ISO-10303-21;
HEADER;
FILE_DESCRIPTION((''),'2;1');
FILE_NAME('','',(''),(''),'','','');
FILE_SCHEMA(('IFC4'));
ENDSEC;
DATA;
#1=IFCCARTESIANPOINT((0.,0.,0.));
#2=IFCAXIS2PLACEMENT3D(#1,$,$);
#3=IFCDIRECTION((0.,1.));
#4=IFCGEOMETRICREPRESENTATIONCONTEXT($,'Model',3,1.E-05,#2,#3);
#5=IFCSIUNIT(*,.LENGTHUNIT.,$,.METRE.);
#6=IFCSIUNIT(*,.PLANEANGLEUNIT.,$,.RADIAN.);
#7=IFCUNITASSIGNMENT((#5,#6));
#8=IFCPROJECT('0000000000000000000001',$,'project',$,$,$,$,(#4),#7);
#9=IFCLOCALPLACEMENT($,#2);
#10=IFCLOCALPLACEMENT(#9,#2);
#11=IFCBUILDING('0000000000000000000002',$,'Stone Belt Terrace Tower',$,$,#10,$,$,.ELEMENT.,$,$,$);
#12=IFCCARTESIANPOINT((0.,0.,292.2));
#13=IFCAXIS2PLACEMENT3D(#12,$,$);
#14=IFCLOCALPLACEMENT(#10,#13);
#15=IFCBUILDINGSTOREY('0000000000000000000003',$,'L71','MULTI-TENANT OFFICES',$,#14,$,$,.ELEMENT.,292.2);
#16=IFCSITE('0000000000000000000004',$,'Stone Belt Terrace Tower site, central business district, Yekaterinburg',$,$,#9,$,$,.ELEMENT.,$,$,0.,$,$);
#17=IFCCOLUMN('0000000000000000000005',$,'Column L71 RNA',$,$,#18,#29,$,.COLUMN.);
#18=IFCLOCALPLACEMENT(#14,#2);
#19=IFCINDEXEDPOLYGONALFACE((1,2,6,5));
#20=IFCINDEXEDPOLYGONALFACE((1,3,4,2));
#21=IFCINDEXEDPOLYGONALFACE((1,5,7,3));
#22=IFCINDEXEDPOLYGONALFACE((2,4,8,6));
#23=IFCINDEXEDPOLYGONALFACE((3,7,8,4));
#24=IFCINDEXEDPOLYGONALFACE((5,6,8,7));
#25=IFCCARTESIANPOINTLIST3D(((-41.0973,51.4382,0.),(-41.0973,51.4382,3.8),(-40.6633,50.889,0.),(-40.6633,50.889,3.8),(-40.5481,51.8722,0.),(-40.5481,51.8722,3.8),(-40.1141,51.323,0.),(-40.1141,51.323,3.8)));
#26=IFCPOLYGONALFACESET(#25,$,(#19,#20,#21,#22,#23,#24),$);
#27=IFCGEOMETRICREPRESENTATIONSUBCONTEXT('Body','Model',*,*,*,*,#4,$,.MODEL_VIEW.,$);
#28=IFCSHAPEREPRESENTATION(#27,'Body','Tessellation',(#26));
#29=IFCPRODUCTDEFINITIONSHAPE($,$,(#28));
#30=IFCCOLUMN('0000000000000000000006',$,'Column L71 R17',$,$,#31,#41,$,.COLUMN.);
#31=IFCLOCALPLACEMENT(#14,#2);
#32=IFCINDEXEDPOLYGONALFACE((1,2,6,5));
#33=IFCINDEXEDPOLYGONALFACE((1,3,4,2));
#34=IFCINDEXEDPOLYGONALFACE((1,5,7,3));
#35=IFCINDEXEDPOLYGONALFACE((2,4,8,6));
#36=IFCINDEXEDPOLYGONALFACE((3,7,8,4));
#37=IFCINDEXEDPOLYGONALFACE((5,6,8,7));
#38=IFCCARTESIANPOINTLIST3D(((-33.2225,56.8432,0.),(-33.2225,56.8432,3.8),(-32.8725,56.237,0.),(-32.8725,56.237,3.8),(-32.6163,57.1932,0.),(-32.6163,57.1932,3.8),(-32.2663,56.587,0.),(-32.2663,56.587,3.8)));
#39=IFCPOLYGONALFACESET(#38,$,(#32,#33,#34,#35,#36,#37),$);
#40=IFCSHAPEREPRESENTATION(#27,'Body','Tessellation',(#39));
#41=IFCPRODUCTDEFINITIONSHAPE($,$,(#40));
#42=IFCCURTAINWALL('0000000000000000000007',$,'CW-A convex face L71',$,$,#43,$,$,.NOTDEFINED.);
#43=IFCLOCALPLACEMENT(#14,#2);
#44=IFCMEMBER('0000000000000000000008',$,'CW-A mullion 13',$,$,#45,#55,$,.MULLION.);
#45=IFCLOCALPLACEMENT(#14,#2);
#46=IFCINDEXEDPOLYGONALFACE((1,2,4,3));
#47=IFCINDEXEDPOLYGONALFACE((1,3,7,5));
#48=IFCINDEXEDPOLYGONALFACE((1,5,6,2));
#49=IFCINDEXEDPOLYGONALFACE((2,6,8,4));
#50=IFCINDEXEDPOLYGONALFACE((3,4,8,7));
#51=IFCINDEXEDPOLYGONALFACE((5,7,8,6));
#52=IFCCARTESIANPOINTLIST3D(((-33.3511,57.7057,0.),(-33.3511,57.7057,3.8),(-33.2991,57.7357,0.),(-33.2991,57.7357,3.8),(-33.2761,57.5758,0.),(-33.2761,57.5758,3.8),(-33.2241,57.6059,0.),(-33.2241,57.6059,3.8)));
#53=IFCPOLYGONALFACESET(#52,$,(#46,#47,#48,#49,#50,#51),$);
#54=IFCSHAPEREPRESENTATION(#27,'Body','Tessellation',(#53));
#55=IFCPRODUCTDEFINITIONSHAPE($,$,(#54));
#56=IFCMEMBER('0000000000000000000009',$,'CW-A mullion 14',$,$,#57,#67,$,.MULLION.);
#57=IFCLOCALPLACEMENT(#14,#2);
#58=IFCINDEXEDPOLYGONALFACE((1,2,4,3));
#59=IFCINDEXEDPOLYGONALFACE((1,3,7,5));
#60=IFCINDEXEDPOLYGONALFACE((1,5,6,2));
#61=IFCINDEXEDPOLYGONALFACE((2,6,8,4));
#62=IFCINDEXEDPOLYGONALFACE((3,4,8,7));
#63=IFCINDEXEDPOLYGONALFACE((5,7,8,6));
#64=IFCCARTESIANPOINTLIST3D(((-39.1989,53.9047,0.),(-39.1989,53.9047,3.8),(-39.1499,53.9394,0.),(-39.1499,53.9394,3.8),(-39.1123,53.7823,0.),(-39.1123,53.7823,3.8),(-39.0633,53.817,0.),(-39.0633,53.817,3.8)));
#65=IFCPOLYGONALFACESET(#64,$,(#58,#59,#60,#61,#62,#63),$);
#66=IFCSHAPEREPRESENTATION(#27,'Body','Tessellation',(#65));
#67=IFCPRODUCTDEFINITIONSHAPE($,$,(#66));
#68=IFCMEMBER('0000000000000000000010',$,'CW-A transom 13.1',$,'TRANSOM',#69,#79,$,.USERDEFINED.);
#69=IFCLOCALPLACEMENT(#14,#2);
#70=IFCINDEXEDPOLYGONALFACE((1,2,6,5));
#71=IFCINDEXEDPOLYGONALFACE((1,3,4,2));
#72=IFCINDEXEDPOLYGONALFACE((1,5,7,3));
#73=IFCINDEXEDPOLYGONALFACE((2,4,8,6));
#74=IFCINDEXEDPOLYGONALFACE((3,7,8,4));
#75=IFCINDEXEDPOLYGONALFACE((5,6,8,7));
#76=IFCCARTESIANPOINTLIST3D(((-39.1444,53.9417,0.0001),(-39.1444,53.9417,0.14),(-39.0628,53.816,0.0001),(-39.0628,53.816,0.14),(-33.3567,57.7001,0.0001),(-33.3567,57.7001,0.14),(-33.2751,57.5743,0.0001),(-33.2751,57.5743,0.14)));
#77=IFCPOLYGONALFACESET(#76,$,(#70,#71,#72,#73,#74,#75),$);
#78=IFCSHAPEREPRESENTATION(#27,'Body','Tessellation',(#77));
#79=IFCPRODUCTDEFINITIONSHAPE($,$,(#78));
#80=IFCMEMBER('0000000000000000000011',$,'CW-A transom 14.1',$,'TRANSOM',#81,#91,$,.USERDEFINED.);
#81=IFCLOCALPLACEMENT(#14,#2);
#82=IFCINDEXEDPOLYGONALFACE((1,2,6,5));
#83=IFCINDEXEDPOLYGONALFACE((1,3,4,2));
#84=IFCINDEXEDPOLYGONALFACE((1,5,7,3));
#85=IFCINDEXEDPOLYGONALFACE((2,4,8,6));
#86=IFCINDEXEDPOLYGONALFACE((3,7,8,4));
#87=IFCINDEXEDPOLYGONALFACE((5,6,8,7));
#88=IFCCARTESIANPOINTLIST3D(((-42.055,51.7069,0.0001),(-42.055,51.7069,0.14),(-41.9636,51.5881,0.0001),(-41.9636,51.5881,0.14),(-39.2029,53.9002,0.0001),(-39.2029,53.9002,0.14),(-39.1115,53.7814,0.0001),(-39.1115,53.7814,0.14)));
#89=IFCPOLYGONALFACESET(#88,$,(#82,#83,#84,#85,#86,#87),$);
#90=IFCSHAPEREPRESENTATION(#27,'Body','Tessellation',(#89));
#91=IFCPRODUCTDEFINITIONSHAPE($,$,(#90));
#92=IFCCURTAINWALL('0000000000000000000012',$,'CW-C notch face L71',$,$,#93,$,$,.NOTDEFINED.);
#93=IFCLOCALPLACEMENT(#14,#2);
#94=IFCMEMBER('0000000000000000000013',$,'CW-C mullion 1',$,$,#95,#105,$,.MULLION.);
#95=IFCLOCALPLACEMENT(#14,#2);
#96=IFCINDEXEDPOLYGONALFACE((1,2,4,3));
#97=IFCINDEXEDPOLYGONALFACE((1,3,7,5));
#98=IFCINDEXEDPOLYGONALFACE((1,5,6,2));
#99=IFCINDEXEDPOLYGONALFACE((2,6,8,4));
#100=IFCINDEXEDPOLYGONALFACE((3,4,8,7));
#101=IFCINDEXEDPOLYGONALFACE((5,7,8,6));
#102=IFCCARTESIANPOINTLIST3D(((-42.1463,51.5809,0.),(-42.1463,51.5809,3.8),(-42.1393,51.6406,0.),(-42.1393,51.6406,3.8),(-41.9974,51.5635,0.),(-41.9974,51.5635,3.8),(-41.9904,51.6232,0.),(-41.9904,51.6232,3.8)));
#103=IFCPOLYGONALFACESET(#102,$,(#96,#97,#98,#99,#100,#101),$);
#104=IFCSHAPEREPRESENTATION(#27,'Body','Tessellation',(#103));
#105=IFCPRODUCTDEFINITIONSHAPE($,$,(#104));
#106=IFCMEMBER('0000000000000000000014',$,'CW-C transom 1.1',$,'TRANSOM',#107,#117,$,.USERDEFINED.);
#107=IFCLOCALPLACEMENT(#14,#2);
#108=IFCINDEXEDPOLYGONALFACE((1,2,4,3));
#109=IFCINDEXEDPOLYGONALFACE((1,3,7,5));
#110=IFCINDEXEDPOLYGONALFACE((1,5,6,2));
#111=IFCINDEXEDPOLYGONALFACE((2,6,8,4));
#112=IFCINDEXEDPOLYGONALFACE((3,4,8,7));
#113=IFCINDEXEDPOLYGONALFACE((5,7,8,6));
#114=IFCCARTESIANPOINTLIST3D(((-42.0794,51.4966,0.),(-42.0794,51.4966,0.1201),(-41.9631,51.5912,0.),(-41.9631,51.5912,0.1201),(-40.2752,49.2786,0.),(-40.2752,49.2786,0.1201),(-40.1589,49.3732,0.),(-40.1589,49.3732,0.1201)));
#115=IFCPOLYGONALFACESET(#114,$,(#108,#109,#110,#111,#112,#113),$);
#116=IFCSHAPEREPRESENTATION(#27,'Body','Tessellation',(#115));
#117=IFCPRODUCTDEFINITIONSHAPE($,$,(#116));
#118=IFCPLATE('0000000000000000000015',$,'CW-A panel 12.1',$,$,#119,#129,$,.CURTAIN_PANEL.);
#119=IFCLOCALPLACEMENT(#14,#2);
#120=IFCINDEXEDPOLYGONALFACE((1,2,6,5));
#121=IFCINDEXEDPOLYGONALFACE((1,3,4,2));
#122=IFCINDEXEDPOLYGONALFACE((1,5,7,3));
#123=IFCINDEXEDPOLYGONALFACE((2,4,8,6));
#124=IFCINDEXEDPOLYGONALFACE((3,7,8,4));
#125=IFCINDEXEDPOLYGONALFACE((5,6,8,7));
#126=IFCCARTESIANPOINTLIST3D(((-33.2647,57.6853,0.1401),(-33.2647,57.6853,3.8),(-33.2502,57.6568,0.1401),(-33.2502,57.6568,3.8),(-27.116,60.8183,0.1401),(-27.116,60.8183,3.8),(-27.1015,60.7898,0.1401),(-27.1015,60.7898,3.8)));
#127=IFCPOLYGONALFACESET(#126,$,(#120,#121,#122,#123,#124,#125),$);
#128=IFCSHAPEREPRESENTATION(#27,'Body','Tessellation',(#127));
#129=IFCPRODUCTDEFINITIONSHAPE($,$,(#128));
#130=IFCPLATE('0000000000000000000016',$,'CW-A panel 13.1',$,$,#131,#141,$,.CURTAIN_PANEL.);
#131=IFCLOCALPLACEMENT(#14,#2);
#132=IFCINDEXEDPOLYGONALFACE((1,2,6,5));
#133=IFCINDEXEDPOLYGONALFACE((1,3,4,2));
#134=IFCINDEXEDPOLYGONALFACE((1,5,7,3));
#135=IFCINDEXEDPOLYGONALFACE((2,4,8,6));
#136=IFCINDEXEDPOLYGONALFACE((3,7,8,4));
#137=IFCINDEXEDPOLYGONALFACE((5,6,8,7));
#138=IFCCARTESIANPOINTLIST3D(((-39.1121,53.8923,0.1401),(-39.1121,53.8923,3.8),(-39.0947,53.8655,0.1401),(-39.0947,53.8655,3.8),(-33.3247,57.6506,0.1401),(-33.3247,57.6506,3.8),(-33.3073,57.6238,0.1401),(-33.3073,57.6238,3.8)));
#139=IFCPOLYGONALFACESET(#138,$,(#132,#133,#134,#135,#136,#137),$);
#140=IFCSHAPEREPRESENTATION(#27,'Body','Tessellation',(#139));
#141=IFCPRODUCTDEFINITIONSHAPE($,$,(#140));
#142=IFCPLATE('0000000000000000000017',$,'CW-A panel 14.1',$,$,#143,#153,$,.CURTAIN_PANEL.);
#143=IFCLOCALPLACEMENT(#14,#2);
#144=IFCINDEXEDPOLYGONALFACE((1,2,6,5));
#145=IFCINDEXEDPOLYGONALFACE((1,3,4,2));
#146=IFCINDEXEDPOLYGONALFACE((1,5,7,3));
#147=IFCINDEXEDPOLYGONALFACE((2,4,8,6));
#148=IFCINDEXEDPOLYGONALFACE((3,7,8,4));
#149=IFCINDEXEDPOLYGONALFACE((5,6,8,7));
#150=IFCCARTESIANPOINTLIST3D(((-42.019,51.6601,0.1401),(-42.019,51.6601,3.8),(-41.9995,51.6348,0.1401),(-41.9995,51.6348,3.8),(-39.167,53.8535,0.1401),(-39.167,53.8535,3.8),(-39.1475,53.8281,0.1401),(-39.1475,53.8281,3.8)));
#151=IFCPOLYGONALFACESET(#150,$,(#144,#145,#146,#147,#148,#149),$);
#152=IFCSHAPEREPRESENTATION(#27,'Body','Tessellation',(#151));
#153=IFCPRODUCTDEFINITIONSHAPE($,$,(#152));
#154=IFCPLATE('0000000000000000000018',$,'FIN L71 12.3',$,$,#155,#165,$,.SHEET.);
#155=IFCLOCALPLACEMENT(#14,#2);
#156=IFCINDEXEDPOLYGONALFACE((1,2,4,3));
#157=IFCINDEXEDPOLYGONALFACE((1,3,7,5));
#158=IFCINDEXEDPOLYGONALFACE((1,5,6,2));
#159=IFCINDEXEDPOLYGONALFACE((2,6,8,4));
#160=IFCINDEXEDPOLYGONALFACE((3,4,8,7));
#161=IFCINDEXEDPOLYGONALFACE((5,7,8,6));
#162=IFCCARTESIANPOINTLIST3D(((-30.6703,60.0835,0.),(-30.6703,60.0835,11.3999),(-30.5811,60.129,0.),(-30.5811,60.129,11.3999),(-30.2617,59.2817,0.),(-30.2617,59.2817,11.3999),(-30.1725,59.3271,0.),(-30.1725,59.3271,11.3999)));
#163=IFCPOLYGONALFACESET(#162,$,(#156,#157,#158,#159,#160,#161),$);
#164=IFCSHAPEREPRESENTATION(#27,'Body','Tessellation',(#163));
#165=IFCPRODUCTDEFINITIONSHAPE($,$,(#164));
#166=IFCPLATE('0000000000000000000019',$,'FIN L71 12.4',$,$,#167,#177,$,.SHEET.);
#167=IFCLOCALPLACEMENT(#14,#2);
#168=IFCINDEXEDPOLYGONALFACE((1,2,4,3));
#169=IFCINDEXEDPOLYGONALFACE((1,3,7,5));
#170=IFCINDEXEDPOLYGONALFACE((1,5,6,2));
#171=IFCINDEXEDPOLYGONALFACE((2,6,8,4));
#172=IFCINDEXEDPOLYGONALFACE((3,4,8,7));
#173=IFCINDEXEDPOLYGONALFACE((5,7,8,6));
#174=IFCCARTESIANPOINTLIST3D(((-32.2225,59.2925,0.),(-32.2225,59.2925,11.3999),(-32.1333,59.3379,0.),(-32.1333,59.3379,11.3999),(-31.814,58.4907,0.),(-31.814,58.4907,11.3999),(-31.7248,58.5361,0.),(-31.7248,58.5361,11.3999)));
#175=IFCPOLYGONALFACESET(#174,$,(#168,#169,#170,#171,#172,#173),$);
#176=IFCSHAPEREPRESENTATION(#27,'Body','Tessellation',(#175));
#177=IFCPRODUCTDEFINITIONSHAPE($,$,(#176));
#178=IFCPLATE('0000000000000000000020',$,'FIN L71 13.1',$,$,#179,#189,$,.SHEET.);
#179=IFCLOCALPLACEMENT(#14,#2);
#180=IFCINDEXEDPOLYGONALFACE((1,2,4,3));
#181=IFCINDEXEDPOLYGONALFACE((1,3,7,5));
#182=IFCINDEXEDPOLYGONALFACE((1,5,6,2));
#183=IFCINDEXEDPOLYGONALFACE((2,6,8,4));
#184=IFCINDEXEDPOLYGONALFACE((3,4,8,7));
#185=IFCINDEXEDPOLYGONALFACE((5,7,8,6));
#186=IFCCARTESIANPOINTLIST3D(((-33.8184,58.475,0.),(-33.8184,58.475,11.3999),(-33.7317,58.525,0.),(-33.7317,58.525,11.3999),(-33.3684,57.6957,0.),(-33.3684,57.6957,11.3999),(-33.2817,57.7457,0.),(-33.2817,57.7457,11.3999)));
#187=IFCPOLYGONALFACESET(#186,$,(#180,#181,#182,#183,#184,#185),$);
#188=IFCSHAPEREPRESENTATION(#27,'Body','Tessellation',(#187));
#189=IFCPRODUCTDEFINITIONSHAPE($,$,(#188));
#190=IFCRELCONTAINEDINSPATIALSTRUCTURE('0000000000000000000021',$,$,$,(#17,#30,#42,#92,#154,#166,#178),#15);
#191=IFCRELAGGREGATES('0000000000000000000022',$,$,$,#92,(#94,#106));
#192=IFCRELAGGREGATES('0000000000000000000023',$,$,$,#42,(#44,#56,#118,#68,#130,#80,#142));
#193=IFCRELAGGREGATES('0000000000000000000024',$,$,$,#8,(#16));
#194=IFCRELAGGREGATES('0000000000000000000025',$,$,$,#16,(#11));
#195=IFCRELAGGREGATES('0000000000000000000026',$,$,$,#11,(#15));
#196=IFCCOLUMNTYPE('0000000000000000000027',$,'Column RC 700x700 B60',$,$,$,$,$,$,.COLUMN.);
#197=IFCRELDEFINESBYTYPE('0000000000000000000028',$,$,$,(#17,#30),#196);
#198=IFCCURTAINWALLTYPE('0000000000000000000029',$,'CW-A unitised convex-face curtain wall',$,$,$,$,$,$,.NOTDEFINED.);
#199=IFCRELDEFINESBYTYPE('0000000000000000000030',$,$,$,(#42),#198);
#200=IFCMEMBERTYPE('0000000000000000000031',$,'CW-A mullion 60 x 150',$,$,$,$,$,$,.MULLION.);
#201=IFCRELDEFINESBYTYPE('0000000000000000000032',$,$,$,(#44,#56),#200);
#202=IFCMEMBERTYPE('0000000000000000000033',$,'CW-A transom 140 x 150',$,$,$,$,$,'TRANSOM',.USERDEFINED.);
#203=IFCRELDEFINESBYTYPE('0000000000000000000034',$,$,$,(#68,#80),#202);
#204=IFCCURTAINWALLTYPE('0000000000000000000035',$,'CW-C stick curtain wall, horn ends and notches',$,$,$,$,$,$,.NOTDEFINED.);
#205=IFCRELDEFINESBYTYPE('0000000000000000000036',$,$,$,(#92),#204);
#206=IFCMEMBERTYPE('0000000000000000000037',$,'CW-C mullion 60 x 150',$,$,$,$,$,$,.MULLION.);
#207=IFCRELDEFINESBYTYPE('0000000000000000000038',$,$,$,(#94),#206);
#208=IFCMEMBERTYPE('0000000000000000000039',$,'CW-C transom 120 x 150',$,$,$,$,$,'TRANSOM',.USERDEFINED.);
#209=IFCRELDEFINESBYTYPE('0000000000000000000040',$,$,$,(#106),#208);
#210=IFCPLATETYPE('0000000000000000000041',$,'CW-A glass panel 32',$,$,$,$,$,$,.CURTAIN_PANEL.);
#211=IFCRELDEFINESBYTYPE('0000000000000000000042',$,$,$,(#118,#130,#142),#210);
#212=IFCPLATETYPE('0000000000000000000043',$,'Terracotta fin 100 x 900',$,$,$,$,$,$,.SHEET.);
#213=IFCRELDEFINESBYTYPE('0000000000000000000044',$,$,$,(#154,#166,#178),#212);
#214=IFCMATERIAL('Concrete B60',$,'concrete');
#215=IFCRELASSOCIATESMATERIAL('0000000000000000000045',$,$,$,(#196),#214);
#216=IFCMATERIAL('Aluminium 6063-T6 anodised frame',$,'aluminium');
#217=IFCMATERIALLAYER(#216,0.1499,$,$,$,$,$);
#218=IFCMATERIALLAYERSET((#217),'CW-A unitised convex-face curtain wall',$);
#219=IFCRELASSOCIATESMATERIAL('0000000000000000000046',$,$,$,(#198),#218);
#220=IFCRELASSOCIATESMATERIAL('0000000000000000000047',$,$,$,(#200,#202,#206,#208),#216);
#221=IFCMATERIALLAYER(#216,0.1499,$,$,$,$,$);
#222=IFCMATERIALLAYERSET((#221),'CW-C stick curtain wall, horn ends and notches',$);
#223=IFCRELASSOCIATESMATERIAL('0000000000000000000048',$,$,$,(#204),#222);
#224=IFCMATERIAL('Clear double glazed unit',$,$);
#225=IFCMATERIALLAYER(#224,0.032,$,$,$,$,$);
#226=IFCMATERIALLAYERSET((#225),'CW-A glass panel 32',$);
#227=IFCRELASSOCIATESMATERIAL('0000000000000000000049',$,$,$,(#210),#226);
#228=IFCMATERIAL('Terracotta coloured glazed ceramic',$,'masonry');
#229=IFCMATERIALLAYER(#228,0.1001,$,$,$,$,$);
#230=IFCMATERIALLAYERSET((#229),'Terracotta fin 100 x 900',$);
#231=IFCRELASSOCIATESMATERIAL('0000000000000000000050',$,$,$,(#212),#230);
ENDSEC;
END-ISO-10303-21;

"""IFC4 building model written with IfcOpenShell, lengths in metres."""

from ifc_helpers import new_model, si_unit, direction, frame, origin, origin_2d, place, context, subcontext, project, spatial, rectangle, extrude, material, layer, layer_set, material_profile, profile_set, type_object, element, aggregate, save


model = new_model("IFC4")

# Units and contexts
model_context = context("Model", 3, precision=1e-05, world=origin(), true_north=direction((0.0, 1.0)))
body_context = subcontext(model_context, "Body", "Model", "MODEL_VIEW")
ifc_project = project(units=[si_unit("LENGTHUNIT", "METRE"), si_unit("PLANEANGLEUNIT", "RADIAN")], contexts=[model_context])

# Site, building, storey
site_placement = place(None, origin())
site = spatial("IfcSite", under=ifc_project, at=site_placement, Name="Stone Belt Terrace Tower site, central business district, Yekaterinburg", CompositionType="ELEMENT", RefElevation=0.0)
building_placement = place(site_placement, origin())
building = spatial("IfcBuilding", under=site, at=building_placement, Name="Stone Belt Terrace Tower", CompositionType="ELEMENT")
storey_placement = place(building_placement, frame((0.0, 0.0, 292.2)))
storey = spatial("IfcBuildingStorey", under=building, at=storey_placement, Name="L71", Description="MULTI-TENANT OFFICES", CompositionType="ELEMENT", Elevation=292.2)

# Columns
ifc_material_1 = material(Name="Concrete B60", Category="concrete")
ifc_material_profile_1 = material_profile(ifc_material_1, rectangle(XDim=0.7, YDim=0.7, at=origin_2d()), Name="RC 700x700")
ifc_profile_set_1 = profile_set([ifc_material_profile_1], Name="Concrete B60")
column_type = type_object("IfcColumnType", Name="Column RC 700x700 B60", PredefinedType="COLUMN", material=ifc_profile_set_1)
for number, where, z_axis, x_axis, name in (
    (1, (-40.6057, 51.3806, 0.0), (0.0, 0.0, 1.0), (0.78457, 0.620041, 0.0), "Column L71 RNA"),
    (2, (-32.7444, 56.7151, 0.0), (0.0, 0.0, 1.0), (0.866025, 0.5, 0.0), "Column L71 R17"),
):
    element("IfcColumn", number, at=place(storey_placement, frame(where, z_axis=z_axis, x_axis=x_axis)), inside=storey, type_object=column_type, Name=name, PredefinedType="COLUMN", context=body_context, shape_type="SweptSolid", body=[
        extrude(rectangle(XDim=0.7, YDim=0.7, at=origin_2d()), origin(), (0.0, 0.0, 1.0), 3.8),
    ])

# Curtain walls, members
ifc_material_2 = material(Name="Aluminium 6063-T6 anodised frame", Category="aluminium")
ifc_layer_1 = layer(ifc_material_2, 0.1499)
ifc_layer_set_1 = layer_set([ifc_layer_1], Name="CW-A unitised convex-face curtain wall")
curtain_wall_type_1 = type_object("IfcCurtainWallType", Name="CW-A unitised convex-face curtain wall", PredefinedType="NOTDEFINED", material=ifc_layer_set_1)
curtain_wall_1_placement = place(storey_placement, origin())
curtain_wall_1 = element("IfcCurtainWall", 3, at=curtain_wall_1_placement, inside=storey, type_object=curtain_wall_type_1, Name="CW-A convex face L71", PredefinedType="NOTDEFINED")
ifc_material_profile_2 = material_profile(ifc_material_2, rectangle(XDim=0.1499, YDim=0.0601, at=origin_2d()), Name="Aluminium 6063-T6 60x150")
ifc_profile_set_2 = profile_set([ifc_material_profile_2], Name="Aluminium 6063-T6 anodised frame")
member_type_1 = type_object("IfcMemberType", Name="CW-A mullion 60 x 150", PredefinedType="MULLION", material=ifc_profile_set_2)
member_1_placement = place(storey_placement, frame((-33.2876, 57.6558, 0.0), z_axis=(0.0, 0.0, 1.0), x_axis=(0.5, -0.866025, 0.0)))
member_1 = element("IfcMember", 4, at=member_1_placement, type_object=member_type_1, Name="CW-A mullion 13", PredefinedType="MULLION", context=body_context, shape_type="SweptSolid", body=[
    extrude(rectangle(XDim=0.1499, YDim=0.0601, at=origin_2d()), origin(), (0.0, 0.0, 1.0), 3.8),
])
member_2_placement = place(storey_placement, frame((-39.1311, 53.8608, 0.0), z_axis=(0.0, 0.0, 1.0), x_axis=(0.577587, -0.816329, 0.0)))
member_2 = element("IfcMember", 5, at=member_2_placement, type_object=member_type_1, Name="CW-A mullion 14", PredefinedType="MULLION", context=body_context, shape_type="SweptSolid", body=[
    extrude(rectangle(XDim=0.1499, YDim=0.0601, at=origin_2d()), origin(), (0.0, 0.0, 1.0), 3.8),
])
ifc_material_profile_3 = material_profile(ifc_material_2, rectangle(XDim=0.1499, YDim=0.1399, at=origin_2d()), Name="Aluminium 6063-T6 150x140")
ifc_profile_set_3 = profile_set([ifc_material_profile_3], Name="Aluminium 6063-T6 anodised frame")
member_type_2 = type_object("IfcMemberType", Name="CW-A transom 140 x 150", ElementType="TRANSOM", PredefinedType="USERDEFINED", material=ifc_profile_set_3)
member_3_placement = place(storey_placement, frame((-33.3159, 57.6372, 0.0701), z_axis=(-0.838684, -0.544618, 0.0), x_axis=(0.544618, -0.838684, 0.0)))
member_3 = element("IfcMember", 6, at=member_3_placement, type_object=member_type_2, Name="CW-A transom 13.1", ObjectType="TRANSOM", PredefinedType="USERDEFINED", context=body_context, shape_type="SweptSolid", body=[
    extrude(rectangle(XDim=0.1499, YDim=0.1399, at=origin_2d()), origin(), (0.0, 0.0, 1.0), 6.9009),
])
member_4_placement = place(storey_placement, frame((-39.1572, 53.8408, 0.0701), z_axis=(-0.792695, -0.609619, 0.0), x_axis=(0.609619, -0.792695, 0.0)))
member_4 = element("IfcMember", 7, at=member_4_placement, type_object=member_type_2, Name="CW-A transom 14.1", ObjectType="TRANSOM", PredefinedType="USERDEFINED", context=body_context, shape_type="SweptSolid", body=[
    extrude(rectangle(XDim=0.1499, YDim=0.1399, at=origin_2d()), origin(), (0.0, 0.0, 1.0), 3.5979),
])
ifc_layer_2 = layer(ifc_material_2, 0.1499)
ifc_layer_set_2 = layer_set([ifc_layer_2], Name="CW-C stick curtain wall, horn ends and notches")
curtain_wall_type_2 = type_object("IfcCurtainWallType", Name="CW-C stick curtain wall, horn ends and notches", PredefinedType="NOTDEFINED", material=ifc_layer_set_2)
curtain_wall_2_placement = place(storey_placement, origin())
curtain_wall_2 = element("IfcCurtainWall", 8, at=curtain_wall_2_placement, inside=storey, type_object=curtain_wall_type_2, Name="CW-C notch face L71", PredefinedType="NOTDEFINED")
ifc_material_profile_4 = material_profile(ifc_material_2, rectangle(XDim=0.1499, YDim=0.0601, at=origin_2d()), Name="Aluminium 6063-T6 60x150")
ifc_profile_set_4 = profile_set([ifc_material_profile_4], Name="Aluminium 6063-T6 anodised frame")
member_type_3 = type_object("IfcMemberType", Name="CW-C mullion 60 x 150", PredefinedType="MULLION", material=ifc_profile_set_4)
member_5_placement = place(storey_placement, frame((-42.0684, 51.6021, 0.0), z_axis=(0.0, 0.0, 1.0), x_axis=(0.993258, -0.115925, 0.0)))
member_5 = element("IfcMember", 9, at=member_5_placement, type_object=member_type_3, Name="CW-C mullion 1", PredefinedType="MULLION", context=body_context, shape_type="SweptSolid", body=[
    extrude(rectangle(XDim=0.1499, YDim=0.0601, at=origin_2d()), origin(), (0.0, 0.0, 1.0), 3.8),
])
ifc_material_profile_5 = material_profile(ifc_material_2, rectangle(XDim=0.1499, YDim=0.1201, at=origin_2d()), Name="Aluminium 6063-T6 150x120")
ifc_profile_set_5 = profile_set([ifc_material_profile_5], Name="Aluminium 6063-T6 anodised frame")
member_type_4 = type_object("IfcMemberType", Name="CW-C transom 120 x 150", ElementType="TRANSOM", PredefinedType="USERDEFINED", material=ifc_profile_set_5)
member_6_placement = place(storey_placement, frame((-42.0212, 51.5439, 0.0601), z_axis=(0.631027, -0.775761, 0.0), x_axis=(0.775761, 0.631027, 0.0)))
member_6 = element("IfcMember", 10, at=member_6_placement, type_object=member_type_4, Name="CW-C transom 1.1", ObjectType="TRANSOM", PredefinedType="USERDEFINED", context=body_context, shape_type="SweptSolid", body=[
    extrude(rectangle(XDim=0.1499, YDim=0.1201, at=origin_2d()), origin(), (0.0, 0.0, 1.0), 2.8591),
])
aggregate(curtain_wall_2, [member_5, member_6])

# Plates
ifc_material_3 = material(Name="Clear double glazed unit")
ifc_layer_3 = layer(ifc_material_3, 0.032)
ifc_layer_set_3 = layer_set([ifc_layer_3], Name="CW-A glass panel 32")
plate_type_1 = type_object("IfcPlateType", Name="CW-A glass panel 32", PredefinedType="CURTAIN_PANEL", material=ifc_layer_set_3)
plate_1_placement = place(storey_placement, frame((-30.1831, 59.2375, 0.1401), z_axis=(0.0, 0.0, 1.0), x_axis=(-0.891007, -0.45399, 0.0)))
plate_1 = element("IfcPlate", 11, at=plate_1_placement, type_object=plate_type_1, Name="CW-A panel 12.1", PredefinedType="CURTAIN_PANEL", context=body_context, shape_type="SweptSolid", body=[
    extrude(rectangle(XDim=6.9009, YDim=0.032, at=origin_2d()), origin(), (0.0, 0.0, 1.0), 3.6599),
])
plate_2_placement = place(storey_placement, frame((-36.2097, 55.7581, 0.1401), z_axis=(0.0, 0.0, 1.0), x_axis=(-0.838671, -0.544639, 0.0)))
plate_2 = element("IfcPlate", 12, at=plate_2_placement, type_object=plate_type_1, Name="CW-A panel 13.1", PredefinedType="CURTAIN_PANEL", context=body_context, shape_type="SweptSolid", body=[
    extrude(rectangle(XDim=6.9006, YDim=0.032, at=origin_2d()), origin(), (0.0, 0.0, 1.0), 3.6599),
])
plate_3_placement = place(storey_placement, frame((-40.5833, 52.7441, 0.1401), z_axis=(0.0, 0.0, 1.0), x_axis=(-0.792694, -0.60962, 0.0)))
plate_3 = element("IfcPlate", 13, at=plate_3_placement, type_object=plate_type_1, Name="CW-A panel 14.1", PredefinedType="CURTAIN_PANEL", context=body_context, shape_type="SweptSolid", body=[
    extrude(rectangle(XDim=3.5979, YDim=0.032, at=origin_2d()), origin(), (0.0, 0.0, 1.0), 3.6599),
])
aggregate(curtain_wall_1, [member_1, member_2, plate_1, member_3, plate_2, member_4, plate_3])

# Plates
ifc_material_4 = material(Name="Terracotta coloured glazed ceramic", Category="masonry")
ifc_layer_4 = layer(ifc_material_4, 0.1001)
ifc_layer_set_4 = layer_set([ifc_layer_4], Name="Terracotta fin 100 x 900")
plate_type_2 = type_object("IfcPlateType", Name="Terracotta fin 100 x 900", PredefinedType="SHEET", material=ifc_layer_set_4)
for number, where, z_axis, x_axis, name in (
    (14, (-30.4214, 59.7053, 0.0), (0.0, 0.0, 1.0), (-0.45399, 0.891007, 0.0), "FIN L71 12.3"),
    (15, (-31.9736, 58.9143, 0.0), (0.0, 0.0, 1.0), (-0.45399, 0.891007, 0.0), "FIN L71 12.4"),
    (16, (-33.55, 58.1104, 0.0), (0.0, 0.0, 1.0), (-0.5, 0.866025, 0.0), "FIN L71 13.1"),
):
    element("IfcPlate", number, at=place(storey_placement, frame(where, z_axis=z_axis, x_axis=x_axis)), inside=storey, type_object=plate_type_2, Name=name, PredefinedType="SHEET", context=body_context, shape_type="SweptSolid", body=[
        extrude(rectangle(XDim=0.8999, YDim=0.1001, at=origin_2d()), origin(), (0.0, 0.0, 1.0), 11.3999),
    ])

save(model, "model.ifc")
